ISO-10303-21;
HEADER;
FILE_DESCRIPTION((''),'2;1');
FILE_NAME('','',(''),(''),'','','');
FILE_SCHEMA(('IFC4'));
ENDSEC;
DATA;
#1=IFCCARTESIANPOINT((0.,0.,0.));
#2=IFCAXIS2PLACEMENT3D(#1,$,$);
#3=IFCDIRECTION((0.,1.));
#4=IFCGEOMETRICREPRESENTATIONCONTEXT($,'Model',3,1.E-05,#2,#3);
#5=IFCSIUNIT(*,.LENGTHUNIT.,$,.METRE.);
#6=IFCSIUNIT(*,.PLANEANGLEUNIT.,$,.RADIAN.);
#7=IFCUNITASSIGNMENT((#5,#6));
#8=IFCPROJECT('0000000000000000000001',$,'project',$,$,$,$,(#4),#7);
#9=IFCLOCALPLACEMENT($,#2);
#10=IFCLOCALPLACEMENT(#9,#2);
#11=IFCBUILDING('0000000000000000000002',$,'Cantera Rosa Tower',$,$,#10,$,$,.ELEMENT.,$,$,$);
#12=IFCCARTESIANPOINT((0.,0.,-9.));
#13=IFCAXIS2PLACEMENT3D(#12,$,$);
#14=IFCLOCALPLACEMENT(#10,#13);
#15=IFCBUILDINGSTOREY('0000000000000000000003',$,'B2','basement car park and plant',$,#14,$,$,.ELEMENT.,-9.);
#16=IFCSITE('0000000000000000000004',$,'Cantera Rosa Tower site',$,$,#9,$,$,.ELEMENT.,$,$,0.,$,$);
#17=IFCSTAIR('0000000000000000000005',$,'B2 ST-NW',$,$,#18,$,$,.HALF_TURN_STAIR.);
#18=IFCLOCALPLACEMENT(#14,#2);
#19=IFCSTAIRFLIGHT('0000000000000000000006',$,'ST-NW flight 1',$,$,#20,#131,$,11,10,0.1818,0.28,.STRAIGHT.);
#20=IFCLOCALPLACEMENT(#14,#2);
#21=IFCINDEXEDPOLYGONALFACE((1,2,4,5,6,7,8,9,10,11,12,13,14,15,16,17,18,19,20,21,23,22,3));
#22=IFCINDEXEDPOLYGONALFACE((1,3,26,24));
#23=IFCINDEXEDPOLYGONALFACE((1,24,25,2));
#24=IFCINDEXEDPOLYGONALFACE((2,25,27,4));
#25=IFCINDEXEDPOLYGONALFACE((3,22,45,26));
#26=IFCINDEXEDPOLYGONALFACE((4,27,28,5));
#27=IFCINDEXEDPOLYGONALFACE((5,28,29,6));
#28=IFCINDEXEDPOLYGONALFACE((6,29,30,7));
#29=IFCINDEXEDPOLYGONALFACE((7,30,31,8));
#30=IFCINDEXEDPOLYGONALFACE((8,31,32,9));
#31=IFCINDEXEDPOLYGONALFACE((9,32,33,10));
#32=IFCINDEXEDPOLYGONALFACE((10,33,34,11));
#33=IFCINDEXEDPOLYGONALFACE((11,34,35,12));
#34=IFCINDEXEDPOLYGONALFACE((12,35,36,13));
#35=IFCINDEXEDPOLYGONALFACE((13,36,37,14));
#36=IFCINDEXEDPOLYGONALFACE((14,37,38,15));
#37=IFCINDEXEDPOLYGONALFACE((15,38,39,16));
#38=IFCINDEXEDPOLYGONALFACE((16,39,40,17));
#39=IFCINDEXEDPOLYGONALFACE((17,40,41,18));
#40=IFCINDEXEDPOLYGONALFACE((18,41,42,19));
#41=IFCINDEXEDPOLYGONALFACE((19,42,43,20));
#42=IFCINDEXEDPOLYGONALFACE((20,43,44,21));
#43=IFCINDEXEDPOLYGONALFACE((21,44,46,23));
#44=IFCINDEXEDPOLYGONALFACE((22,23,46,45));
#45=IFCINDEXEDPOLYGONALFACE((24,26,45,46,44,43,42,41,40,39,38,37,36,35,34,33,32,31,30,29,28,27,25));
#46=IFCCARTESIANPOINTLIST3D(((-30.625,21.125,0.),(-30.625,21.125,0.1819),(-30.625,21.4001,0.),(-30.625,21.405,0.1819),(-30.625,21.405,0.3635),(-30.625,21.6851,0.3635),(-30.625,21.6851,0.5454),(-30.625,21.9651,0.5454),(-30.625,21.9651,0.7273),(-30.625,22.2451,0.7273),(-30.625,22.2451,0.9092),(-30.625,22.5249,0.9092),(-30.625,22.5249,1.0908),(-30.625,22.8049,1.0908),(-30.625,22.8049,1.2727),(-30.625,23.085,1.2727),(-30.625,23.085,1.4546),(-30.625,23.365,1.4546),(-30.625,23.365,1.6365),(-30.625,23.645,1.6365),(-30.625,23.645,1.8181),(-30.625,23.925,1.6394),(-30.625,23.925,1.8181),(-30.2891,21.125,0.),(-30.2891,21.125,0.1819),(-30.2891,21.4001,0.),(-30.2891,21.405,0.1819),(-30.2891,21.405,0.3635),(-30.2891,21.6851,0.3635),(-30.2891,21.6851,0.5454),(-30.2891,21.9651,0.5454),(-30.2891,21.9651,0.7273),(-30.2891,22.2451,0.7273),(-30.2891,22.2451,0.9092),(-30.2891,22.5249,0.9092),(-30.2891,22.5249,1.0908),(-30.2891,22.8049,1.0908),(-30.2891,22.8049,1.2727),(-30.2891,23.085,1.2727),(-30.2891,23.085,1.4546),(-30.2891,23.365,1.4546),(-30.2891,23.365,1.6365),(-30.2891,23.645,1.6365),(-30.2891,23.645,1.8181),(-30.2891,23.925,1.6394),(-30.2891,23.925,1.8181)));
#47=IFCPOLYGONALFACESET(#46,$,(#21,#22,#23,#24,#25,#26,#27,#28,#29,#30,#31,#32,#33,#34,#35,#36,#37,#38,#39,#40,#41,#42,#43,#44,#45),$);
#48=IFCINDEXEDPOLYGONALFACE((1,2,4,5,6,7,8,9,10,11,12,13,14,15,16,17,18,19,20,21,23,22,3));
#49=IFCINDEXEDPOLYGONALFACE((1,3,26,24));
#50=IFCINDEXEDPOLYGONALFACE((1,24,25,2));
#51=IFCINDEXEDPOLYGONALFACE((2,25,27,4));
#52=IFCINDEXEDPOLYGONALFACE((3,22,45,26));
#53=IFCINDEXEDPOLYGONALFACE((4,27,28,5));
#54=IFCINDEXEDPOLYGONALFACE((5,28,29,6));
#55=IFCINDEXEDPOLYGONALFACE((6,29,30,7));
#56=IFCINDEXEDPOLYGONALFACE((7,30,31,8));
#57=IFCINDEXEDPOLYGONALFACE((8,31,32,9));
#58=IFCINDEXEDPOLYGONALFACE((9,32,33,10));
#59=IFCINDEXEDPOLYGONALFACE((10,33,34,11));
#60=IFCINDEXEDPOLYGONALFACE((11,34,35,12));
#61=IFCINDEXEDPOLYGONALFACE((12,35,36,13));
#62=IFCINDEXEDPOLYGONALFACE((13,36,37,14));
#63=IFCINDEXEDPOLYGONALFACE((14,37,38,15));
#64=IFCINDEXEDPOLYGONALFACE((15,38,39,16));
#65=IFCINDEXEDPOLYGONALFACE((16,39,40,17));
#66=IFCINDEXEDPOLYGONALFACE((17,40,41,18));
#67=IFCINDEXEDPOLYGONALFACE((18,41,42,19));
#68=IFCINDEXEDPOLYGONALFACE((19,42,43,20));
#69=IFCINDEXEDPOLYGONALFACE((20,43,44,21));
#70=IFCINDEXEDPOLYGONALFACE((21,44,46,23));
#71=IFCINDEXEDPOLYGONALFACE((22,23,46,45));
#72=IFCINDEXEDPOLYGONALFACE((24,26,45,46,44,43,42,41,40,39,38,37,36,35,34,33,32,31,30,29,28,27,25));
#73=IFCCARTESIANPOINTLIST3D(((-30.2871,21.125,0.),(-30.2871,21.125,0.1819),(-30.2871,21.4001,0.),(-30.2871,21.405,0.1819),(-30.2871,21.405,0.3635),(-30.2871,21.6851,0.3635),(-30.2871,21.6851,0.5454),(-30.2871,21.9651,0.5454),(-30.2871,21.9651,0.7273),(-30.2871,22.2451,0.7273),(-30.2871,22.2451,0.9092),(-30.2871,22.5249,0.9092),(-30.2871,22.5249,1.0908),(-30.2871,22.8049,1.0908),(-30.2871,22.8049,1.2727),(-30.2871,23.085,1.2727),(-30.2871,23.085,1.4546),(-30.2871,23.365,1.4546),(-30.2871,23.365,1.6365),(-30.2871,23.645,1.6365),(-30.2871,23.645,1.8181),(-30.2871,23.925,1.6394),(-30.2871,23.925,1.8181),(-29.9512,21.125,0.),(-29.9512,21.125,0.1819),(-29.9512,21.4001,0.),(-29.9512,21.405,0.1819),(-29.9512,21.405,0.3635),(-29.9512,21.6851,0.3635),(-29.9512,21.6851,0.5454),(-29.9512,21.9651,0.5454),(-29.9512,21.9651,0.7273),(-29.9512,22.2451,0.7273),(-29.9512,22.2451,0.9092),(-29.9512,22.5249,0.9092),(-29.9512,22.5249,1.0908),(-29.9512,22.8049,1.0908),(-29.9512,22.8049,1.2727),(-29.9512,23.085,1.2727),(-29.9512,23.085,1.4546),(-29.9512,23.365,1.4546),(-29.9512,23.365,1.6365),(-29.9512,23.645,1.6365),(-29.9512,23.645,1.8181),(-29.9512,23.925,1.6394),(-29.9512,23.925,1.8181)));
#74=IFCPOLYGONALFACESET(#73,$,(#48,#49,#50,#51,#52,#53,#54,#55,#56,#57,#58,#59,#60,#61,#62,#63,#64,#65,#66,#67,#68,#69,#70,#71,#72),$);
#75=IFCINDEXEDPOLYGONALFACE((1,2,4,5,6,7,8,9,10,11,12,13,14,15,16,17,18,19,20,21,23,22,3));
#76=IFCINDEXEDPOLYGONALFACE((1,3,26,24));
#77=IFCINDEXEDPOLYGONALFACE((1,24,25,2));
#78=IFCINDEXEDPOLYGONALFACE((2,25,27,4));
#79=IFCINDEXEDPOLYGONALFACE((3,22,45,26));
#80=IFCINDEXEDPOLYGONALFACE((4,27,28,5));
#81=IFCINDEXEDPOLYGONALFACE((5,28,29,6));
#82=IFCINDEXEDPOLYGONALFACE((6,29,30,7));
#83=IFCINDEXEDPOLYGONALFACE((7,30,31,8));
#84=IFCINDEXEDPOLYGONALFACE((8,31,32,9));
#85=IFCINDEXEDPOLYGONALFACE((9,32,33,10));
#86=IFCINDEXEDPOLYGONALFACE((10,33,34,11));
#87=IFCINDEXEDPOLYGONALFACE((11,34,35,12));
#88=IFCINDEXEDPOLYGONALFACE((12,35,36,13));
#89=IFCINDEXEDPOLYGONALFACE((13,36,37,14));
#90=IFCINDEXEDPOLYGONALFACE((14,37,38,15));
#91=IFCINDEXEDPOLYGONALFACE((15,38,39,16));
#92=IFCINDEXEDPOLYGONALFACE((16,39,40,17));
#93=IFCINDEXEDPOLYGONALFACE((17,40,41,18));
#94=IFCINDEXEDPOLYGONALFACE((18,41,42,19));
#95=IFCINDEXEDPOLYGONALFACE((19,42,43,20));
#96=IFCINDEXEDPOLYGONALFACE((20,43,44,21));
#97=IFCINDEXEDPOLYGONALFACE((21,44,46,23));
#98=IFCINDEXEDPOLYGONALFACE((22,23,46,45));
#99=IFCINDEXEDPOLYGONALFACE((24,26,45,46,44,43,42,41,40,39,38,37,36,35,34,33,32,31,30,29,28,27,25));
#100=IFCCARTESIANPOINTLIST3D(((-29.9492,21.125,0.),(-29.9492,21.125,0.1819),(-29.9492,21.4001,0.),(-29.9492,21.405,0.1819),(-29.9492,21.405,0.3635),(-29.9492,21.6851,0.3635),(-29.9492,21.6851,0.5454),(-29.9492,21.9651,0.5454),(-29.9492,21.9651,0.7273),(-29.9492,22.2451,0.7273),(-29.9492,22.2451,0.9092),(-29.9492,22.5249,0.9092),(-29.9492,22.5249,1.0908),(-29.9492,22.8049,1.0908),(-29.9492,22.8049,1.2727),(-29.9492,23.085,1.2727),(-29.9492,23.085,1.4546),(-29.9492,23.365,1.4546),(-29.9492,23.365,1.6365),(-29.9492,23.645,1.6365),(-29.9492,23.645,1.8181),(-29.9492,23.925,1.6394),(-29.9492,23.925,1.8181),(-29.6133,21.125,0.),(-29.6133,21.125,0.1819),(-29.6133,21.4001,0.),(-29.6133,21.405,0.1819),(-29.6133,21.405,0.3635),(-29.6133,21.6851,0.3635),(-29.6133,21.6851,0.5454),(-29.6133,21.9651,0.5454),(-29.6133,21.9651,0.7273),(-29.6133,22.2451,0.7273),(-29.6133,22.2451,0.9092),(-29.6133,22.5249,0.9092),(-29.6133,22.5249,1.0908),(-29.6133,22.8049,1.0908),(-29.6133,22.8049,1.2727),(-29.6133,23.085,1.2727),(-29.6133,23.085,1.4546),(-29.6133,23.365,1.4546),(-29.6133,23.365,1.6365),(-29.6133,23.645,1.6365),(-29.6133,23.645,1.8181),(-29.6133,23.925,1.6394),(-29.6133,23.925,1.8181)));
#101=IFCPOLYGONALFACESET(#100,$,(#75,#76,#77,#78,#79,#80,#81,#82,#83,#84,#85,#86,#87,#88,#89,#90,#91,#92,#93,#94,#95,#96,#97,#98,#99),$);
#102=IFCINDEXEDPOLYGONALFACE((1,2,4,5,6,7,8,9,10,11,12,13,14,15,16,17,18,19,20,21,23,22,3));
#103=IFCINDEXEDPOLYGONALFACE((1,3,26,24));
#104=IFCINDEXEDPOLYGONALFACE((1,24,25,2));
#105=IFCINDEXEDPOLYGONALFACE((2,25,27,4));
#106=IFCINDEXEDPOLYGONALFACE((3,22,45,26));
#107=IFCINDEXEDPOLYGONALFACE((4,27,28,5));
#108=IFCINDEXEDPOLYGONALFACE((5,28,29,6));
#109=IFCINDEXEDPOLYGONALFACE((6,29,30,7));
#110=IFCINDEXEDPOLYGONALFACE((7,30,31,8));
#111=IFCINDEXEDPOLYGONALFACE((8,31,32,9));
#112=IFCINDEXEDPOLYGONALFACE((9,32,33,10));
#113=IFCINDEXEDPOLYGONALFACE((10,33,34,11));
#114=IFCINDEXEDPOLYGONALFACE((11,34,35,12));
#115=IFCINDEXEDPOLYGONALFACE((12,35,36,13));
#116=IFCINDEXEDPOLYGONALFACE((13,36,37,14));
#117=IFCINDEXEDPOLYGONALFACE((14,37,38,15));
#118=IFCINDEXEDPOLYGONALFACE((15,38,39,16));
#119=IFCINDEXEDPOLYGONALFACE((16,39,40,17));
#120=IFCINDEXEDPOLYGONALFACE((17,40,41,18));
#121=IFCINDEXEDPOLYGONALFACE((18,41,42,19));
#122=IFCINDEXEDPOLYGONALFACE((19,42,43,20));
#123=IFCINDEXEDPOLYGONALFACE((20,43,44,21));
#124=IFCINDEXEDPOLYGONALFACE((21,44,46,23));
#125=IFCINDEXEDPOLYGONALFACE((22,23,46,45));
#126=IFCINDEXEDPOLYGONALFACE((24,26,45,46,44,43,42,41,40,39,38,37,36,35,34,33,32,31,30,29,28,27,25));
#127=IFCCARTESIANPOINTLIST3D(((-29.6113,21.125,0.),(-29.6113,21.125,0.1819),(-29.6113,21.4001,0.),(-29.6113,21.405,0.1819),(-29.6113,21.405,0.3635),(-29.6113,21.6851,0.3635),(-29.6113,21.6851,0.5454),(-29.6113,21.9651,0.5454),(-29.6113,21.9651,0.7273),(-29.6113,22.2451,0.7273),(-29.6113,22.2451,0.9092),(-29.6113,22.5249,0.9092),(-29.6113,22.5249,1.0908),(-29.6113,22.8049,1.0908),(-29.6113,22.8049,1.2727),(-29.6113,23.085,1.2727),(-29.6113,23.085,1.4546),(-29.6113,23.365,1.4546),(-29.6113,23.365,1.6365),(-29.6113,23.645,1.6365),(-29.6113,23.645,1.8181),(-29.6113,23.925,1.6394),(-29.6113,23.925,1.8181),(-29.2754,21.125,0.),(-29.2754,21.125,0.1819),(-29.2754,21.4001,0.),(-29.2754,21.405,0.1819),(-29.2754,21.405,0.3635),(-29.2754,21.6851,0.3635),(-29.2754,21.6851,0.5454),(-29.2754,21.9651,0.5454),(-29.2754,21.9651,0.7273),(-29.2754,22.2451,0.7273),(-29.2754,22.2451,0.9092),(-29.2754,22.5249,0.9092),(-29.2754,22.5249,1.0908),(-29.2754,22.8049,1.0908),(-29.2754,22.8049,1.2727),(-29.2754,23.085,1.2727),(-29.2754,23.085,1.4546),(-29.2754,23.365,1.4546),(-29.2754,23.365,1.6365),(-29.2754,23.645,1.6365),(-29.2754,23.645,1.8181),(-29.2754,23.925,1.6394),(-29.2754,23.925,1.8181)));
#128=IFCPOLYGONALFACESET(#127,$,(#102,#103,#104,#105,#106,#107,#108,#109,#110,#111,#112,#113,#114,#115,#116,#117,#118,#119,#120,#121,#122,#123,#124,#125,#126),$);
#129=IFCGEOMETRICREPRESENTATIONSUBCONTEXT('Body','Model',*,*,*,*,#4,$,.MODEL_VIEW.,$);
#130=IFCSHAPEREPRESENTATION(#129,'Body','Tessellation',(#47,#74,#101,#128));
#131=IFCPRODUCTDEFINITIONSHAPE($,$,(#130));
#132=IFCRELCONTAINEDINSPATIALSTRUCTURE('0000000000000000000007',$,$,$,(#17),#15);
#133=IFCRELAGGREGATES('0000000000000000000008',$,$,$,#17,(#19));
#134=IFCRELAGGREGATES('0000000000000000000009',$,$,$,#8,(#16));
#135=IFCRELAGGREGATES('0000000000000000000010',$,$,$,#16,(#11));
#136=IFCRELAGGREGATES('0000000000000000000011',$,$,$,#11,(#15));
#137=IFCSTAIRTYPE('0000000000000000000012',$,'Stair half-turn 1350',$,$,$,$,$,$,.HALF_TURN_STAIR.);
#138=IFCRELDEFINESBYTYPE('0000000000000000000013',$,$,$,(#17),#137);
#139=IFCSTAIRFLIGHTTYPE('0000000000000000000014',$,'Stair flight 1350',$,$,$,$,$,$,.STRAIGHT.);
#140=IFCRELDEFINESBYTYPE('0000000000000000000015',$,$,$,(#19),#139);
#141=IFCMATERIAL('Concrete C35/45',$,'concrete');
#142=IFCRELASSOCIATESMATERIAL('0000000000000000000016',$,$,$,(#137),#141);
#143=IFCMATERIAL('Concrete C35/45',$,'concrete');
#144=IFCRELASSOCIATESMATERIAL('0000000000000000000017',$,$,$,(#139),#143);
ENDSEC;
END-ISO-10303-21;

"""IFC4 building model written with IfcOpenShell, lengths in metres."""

from ifc_helpers import new_model, si_unit, direction, frame, origin, place, context, subcontext, project, spatial, polyline, outline, extrude, material, type_object, element, aggregate, save


model = new_model("IFC4")

# Units and contexts
model_context = context("Model", 3, precision=1e-05, world=origin(), true_north=direction((0.0, 1.0)))
body_context = subcontext(model_context, "Body", "Model", "MODEL_VIEW")
ifc_project = project(units=[si_unit("LENGTHUNIT", "METRE"), si_unit("PLANEANGLEUNIT", "RADIAN")], contexts=[model_context])

# Site, building, storey
site_placement = place(None, origin())
site = spatial("IfcSite", under=ifc_project, at=site_placement, Name="Cantera Rosa Tower site", CompositionType="ELEMENT", RefElevation=0.0)
building_placement = place(site_placement, origin())
building = spatial("IfcBuilding", under=site, at=building_placement, Name="Cantera Rosa Tower", CompositionType="ELEMENT")
storey_placement = place(building_placement, frame((0.0, 0.0, -9.0)))
storey = spatial("IfcBuildingStorey", under=building, at=storey_placement, Name="B2", Description="basement car park and plant", CompositionType="ELEMENT", Elevation=-9.0)

# Stair, stair flight
ifc_material_1 = material(Name="Concrete C35/45", Category="concrete")
stair_type = type_object("IfcStairType", Name="Stair half-turn 1350", PredefinedType="HALF_TURN_STAIR", material=ifc_material_1)
stair_placement = place(storey_placement, origin())
stair = element("IfcStair", 1, at=stair_placement, inside=storey, type_object=stair_type, Name="B2 ST-NW", PredefinedType="HALF_TURN_STAIR")
ifc_material_2 = material(Name="Concrete C35/45", Category="concrete")
stair_flight_type = type_object("IfcStairFlightType", Name="Stair flight 1350", PredefinedType="STRAIGHT", material=ifc_material_2)
stair_flight_1_placement = place(storey_placement, frame((-29.95, 21.125, 0.0), z_axis=(0.0, 0.0, 1.0), x_axis=(0.0, 1.0, 0.0)))
stair_flight_1 = element("IfcStairFlight", 2, at=stair_flight_1_placement, type_object=stair_flight_type, Name="ST-NW flight 1", NumberOfRisers=11, NumberOfTreads=10, PredefinedType="STRAIGHT", RiserHeight=0.1818, TreadLength=0.28, context=body_context, shape_type="SweptSolid", body=[
    extrude(outline(polyline([(0.0, 0.0), (0.0, 0.1819), (0.28, 0.1819), (0.28, 0.3635), (0.5601, 0.3635), (0.5601, 0.5454), (0.8401, 0.5454), (0.8401, 0.7273), (1.1201, 0.7273), (1.1201, 0.9092), (1.3999, 0.9092), (1.3999, 1.0908), (1.6799, 1.0908), (1.6799, 1.2727), (1.96, 1.2727), (1.96, 1.4546), (2.24, 1.4546), (2.24, 1.6365), (2.52, 1.6365), (2.52, 1.8181), (2.8, 1.8181), (2.8, 2.0), (2.8, 1.6394), (0.2751, 0.0), (0.0, 0.0)])), frame((0.0, 0.675, 0.0), z_axis=(0.0, -1.0, 0.0), x_axis=(1.0, 0.0, 0.0)), (0.0, 0.0, 1.0), 0.3359),
    extrude(outline(polyline([(0.0, 0.0), (0.0, 0.1819), (0.28, 0.1819), (0.28, 0.3635), (0.5601, 0.3635), (0.5601, 0.5454), (0.8401, 0.5454), (0.8401, 0.7273), (1.1201, 0.7273), (1.1201, 0.9092), (1.3999, 0.9092), (1.3999, 1.0908), (1.6799, 1.0908), (1.6799, 1.2727), (1.96, 1.2727), (1.96, 1.4546), (2.24, 1.4546), (2.24, 1.6365), (2.52, 1.6365), (2.52, 1.8181), (2.8, 1.8181), (2.8, 2.0), (2.8, 1.6394), (0.2751, 0.0), (0.0, 0.0)])), frame((0.0, 0.3372, 0.0), z_axis=(0.0, -1.0, 0.0), x_axis=(1.0, 0.0, 0.0)), (0.0, 0.0, 1.0), 0.3359),
    extrude(outline(polyline([(0.0, 0.0), (0.0, 0.1819), (0.28, 0.1819), (0.28, 0.3635), (0.5601, 0.3635), (0.5601, 0.5454), (0.8401, 0.5454), (0.8401, 0.7273), (1.1201, 0.7273), (1.1201, 0.9092), (1.3999, 0.9092), (1.3999, 1.0908), (1.6799, 1.0908), (1.6799, 1.2727), (1.96, 1.2727), (1.96, 1.4546), (2.24, 1.4546), (2.24, 1.6365), (2.52, 1.6365), (2.52, 1.8181), (2.8, 1.8181), (2.8, 2.0), (2.8, 1.6394), (0.2751, 0.0), (0.0, 0.0)])), frame((0.0, -0.0007, 0.0), z_axis=(0.0, -1.0, 0.0), x_axis=(1.0, 0.0, 0.0)), (0.0, 0.0, 1.0), 0.3359),
    extrude(outline(polyline([(0.0, 0.0), (0.0, 0.1819), (0.28, 0.1819), (0.28, 0.3635), (0.5601, 0.3635), (0.5601, 0.5454), (0.8401, 0.5454), (0.8401, 0.7273), (1.1201, 0.7273), (1.1201, 0.9092), (1.3999, 0.9092), (1.3999, 1.0908), (1.6799, 1.0908), (1.6799, 1.2727), (1.96, 1.2727), (1.96, 1.4546), (2.24, 1.4546), (2.24, 1.6365), (2.52, 1.6365), (2.52, 1.8181), (2.8, 1.8181), (2.8, 2.0), (2.8, 1.6394), (0.2751, 0.0), (0.0, 0.0)])), frame((0.0, -0.3386, 0.0), z_axis=(0.0, -1.0, 0.0), x_axis=(1.0, 0.0, 0.0)), (0.0, 0.0, 1.0), 0.3359),
])
aggregate(stair, [stair_flight_1])

save(model, "model.ifc")
